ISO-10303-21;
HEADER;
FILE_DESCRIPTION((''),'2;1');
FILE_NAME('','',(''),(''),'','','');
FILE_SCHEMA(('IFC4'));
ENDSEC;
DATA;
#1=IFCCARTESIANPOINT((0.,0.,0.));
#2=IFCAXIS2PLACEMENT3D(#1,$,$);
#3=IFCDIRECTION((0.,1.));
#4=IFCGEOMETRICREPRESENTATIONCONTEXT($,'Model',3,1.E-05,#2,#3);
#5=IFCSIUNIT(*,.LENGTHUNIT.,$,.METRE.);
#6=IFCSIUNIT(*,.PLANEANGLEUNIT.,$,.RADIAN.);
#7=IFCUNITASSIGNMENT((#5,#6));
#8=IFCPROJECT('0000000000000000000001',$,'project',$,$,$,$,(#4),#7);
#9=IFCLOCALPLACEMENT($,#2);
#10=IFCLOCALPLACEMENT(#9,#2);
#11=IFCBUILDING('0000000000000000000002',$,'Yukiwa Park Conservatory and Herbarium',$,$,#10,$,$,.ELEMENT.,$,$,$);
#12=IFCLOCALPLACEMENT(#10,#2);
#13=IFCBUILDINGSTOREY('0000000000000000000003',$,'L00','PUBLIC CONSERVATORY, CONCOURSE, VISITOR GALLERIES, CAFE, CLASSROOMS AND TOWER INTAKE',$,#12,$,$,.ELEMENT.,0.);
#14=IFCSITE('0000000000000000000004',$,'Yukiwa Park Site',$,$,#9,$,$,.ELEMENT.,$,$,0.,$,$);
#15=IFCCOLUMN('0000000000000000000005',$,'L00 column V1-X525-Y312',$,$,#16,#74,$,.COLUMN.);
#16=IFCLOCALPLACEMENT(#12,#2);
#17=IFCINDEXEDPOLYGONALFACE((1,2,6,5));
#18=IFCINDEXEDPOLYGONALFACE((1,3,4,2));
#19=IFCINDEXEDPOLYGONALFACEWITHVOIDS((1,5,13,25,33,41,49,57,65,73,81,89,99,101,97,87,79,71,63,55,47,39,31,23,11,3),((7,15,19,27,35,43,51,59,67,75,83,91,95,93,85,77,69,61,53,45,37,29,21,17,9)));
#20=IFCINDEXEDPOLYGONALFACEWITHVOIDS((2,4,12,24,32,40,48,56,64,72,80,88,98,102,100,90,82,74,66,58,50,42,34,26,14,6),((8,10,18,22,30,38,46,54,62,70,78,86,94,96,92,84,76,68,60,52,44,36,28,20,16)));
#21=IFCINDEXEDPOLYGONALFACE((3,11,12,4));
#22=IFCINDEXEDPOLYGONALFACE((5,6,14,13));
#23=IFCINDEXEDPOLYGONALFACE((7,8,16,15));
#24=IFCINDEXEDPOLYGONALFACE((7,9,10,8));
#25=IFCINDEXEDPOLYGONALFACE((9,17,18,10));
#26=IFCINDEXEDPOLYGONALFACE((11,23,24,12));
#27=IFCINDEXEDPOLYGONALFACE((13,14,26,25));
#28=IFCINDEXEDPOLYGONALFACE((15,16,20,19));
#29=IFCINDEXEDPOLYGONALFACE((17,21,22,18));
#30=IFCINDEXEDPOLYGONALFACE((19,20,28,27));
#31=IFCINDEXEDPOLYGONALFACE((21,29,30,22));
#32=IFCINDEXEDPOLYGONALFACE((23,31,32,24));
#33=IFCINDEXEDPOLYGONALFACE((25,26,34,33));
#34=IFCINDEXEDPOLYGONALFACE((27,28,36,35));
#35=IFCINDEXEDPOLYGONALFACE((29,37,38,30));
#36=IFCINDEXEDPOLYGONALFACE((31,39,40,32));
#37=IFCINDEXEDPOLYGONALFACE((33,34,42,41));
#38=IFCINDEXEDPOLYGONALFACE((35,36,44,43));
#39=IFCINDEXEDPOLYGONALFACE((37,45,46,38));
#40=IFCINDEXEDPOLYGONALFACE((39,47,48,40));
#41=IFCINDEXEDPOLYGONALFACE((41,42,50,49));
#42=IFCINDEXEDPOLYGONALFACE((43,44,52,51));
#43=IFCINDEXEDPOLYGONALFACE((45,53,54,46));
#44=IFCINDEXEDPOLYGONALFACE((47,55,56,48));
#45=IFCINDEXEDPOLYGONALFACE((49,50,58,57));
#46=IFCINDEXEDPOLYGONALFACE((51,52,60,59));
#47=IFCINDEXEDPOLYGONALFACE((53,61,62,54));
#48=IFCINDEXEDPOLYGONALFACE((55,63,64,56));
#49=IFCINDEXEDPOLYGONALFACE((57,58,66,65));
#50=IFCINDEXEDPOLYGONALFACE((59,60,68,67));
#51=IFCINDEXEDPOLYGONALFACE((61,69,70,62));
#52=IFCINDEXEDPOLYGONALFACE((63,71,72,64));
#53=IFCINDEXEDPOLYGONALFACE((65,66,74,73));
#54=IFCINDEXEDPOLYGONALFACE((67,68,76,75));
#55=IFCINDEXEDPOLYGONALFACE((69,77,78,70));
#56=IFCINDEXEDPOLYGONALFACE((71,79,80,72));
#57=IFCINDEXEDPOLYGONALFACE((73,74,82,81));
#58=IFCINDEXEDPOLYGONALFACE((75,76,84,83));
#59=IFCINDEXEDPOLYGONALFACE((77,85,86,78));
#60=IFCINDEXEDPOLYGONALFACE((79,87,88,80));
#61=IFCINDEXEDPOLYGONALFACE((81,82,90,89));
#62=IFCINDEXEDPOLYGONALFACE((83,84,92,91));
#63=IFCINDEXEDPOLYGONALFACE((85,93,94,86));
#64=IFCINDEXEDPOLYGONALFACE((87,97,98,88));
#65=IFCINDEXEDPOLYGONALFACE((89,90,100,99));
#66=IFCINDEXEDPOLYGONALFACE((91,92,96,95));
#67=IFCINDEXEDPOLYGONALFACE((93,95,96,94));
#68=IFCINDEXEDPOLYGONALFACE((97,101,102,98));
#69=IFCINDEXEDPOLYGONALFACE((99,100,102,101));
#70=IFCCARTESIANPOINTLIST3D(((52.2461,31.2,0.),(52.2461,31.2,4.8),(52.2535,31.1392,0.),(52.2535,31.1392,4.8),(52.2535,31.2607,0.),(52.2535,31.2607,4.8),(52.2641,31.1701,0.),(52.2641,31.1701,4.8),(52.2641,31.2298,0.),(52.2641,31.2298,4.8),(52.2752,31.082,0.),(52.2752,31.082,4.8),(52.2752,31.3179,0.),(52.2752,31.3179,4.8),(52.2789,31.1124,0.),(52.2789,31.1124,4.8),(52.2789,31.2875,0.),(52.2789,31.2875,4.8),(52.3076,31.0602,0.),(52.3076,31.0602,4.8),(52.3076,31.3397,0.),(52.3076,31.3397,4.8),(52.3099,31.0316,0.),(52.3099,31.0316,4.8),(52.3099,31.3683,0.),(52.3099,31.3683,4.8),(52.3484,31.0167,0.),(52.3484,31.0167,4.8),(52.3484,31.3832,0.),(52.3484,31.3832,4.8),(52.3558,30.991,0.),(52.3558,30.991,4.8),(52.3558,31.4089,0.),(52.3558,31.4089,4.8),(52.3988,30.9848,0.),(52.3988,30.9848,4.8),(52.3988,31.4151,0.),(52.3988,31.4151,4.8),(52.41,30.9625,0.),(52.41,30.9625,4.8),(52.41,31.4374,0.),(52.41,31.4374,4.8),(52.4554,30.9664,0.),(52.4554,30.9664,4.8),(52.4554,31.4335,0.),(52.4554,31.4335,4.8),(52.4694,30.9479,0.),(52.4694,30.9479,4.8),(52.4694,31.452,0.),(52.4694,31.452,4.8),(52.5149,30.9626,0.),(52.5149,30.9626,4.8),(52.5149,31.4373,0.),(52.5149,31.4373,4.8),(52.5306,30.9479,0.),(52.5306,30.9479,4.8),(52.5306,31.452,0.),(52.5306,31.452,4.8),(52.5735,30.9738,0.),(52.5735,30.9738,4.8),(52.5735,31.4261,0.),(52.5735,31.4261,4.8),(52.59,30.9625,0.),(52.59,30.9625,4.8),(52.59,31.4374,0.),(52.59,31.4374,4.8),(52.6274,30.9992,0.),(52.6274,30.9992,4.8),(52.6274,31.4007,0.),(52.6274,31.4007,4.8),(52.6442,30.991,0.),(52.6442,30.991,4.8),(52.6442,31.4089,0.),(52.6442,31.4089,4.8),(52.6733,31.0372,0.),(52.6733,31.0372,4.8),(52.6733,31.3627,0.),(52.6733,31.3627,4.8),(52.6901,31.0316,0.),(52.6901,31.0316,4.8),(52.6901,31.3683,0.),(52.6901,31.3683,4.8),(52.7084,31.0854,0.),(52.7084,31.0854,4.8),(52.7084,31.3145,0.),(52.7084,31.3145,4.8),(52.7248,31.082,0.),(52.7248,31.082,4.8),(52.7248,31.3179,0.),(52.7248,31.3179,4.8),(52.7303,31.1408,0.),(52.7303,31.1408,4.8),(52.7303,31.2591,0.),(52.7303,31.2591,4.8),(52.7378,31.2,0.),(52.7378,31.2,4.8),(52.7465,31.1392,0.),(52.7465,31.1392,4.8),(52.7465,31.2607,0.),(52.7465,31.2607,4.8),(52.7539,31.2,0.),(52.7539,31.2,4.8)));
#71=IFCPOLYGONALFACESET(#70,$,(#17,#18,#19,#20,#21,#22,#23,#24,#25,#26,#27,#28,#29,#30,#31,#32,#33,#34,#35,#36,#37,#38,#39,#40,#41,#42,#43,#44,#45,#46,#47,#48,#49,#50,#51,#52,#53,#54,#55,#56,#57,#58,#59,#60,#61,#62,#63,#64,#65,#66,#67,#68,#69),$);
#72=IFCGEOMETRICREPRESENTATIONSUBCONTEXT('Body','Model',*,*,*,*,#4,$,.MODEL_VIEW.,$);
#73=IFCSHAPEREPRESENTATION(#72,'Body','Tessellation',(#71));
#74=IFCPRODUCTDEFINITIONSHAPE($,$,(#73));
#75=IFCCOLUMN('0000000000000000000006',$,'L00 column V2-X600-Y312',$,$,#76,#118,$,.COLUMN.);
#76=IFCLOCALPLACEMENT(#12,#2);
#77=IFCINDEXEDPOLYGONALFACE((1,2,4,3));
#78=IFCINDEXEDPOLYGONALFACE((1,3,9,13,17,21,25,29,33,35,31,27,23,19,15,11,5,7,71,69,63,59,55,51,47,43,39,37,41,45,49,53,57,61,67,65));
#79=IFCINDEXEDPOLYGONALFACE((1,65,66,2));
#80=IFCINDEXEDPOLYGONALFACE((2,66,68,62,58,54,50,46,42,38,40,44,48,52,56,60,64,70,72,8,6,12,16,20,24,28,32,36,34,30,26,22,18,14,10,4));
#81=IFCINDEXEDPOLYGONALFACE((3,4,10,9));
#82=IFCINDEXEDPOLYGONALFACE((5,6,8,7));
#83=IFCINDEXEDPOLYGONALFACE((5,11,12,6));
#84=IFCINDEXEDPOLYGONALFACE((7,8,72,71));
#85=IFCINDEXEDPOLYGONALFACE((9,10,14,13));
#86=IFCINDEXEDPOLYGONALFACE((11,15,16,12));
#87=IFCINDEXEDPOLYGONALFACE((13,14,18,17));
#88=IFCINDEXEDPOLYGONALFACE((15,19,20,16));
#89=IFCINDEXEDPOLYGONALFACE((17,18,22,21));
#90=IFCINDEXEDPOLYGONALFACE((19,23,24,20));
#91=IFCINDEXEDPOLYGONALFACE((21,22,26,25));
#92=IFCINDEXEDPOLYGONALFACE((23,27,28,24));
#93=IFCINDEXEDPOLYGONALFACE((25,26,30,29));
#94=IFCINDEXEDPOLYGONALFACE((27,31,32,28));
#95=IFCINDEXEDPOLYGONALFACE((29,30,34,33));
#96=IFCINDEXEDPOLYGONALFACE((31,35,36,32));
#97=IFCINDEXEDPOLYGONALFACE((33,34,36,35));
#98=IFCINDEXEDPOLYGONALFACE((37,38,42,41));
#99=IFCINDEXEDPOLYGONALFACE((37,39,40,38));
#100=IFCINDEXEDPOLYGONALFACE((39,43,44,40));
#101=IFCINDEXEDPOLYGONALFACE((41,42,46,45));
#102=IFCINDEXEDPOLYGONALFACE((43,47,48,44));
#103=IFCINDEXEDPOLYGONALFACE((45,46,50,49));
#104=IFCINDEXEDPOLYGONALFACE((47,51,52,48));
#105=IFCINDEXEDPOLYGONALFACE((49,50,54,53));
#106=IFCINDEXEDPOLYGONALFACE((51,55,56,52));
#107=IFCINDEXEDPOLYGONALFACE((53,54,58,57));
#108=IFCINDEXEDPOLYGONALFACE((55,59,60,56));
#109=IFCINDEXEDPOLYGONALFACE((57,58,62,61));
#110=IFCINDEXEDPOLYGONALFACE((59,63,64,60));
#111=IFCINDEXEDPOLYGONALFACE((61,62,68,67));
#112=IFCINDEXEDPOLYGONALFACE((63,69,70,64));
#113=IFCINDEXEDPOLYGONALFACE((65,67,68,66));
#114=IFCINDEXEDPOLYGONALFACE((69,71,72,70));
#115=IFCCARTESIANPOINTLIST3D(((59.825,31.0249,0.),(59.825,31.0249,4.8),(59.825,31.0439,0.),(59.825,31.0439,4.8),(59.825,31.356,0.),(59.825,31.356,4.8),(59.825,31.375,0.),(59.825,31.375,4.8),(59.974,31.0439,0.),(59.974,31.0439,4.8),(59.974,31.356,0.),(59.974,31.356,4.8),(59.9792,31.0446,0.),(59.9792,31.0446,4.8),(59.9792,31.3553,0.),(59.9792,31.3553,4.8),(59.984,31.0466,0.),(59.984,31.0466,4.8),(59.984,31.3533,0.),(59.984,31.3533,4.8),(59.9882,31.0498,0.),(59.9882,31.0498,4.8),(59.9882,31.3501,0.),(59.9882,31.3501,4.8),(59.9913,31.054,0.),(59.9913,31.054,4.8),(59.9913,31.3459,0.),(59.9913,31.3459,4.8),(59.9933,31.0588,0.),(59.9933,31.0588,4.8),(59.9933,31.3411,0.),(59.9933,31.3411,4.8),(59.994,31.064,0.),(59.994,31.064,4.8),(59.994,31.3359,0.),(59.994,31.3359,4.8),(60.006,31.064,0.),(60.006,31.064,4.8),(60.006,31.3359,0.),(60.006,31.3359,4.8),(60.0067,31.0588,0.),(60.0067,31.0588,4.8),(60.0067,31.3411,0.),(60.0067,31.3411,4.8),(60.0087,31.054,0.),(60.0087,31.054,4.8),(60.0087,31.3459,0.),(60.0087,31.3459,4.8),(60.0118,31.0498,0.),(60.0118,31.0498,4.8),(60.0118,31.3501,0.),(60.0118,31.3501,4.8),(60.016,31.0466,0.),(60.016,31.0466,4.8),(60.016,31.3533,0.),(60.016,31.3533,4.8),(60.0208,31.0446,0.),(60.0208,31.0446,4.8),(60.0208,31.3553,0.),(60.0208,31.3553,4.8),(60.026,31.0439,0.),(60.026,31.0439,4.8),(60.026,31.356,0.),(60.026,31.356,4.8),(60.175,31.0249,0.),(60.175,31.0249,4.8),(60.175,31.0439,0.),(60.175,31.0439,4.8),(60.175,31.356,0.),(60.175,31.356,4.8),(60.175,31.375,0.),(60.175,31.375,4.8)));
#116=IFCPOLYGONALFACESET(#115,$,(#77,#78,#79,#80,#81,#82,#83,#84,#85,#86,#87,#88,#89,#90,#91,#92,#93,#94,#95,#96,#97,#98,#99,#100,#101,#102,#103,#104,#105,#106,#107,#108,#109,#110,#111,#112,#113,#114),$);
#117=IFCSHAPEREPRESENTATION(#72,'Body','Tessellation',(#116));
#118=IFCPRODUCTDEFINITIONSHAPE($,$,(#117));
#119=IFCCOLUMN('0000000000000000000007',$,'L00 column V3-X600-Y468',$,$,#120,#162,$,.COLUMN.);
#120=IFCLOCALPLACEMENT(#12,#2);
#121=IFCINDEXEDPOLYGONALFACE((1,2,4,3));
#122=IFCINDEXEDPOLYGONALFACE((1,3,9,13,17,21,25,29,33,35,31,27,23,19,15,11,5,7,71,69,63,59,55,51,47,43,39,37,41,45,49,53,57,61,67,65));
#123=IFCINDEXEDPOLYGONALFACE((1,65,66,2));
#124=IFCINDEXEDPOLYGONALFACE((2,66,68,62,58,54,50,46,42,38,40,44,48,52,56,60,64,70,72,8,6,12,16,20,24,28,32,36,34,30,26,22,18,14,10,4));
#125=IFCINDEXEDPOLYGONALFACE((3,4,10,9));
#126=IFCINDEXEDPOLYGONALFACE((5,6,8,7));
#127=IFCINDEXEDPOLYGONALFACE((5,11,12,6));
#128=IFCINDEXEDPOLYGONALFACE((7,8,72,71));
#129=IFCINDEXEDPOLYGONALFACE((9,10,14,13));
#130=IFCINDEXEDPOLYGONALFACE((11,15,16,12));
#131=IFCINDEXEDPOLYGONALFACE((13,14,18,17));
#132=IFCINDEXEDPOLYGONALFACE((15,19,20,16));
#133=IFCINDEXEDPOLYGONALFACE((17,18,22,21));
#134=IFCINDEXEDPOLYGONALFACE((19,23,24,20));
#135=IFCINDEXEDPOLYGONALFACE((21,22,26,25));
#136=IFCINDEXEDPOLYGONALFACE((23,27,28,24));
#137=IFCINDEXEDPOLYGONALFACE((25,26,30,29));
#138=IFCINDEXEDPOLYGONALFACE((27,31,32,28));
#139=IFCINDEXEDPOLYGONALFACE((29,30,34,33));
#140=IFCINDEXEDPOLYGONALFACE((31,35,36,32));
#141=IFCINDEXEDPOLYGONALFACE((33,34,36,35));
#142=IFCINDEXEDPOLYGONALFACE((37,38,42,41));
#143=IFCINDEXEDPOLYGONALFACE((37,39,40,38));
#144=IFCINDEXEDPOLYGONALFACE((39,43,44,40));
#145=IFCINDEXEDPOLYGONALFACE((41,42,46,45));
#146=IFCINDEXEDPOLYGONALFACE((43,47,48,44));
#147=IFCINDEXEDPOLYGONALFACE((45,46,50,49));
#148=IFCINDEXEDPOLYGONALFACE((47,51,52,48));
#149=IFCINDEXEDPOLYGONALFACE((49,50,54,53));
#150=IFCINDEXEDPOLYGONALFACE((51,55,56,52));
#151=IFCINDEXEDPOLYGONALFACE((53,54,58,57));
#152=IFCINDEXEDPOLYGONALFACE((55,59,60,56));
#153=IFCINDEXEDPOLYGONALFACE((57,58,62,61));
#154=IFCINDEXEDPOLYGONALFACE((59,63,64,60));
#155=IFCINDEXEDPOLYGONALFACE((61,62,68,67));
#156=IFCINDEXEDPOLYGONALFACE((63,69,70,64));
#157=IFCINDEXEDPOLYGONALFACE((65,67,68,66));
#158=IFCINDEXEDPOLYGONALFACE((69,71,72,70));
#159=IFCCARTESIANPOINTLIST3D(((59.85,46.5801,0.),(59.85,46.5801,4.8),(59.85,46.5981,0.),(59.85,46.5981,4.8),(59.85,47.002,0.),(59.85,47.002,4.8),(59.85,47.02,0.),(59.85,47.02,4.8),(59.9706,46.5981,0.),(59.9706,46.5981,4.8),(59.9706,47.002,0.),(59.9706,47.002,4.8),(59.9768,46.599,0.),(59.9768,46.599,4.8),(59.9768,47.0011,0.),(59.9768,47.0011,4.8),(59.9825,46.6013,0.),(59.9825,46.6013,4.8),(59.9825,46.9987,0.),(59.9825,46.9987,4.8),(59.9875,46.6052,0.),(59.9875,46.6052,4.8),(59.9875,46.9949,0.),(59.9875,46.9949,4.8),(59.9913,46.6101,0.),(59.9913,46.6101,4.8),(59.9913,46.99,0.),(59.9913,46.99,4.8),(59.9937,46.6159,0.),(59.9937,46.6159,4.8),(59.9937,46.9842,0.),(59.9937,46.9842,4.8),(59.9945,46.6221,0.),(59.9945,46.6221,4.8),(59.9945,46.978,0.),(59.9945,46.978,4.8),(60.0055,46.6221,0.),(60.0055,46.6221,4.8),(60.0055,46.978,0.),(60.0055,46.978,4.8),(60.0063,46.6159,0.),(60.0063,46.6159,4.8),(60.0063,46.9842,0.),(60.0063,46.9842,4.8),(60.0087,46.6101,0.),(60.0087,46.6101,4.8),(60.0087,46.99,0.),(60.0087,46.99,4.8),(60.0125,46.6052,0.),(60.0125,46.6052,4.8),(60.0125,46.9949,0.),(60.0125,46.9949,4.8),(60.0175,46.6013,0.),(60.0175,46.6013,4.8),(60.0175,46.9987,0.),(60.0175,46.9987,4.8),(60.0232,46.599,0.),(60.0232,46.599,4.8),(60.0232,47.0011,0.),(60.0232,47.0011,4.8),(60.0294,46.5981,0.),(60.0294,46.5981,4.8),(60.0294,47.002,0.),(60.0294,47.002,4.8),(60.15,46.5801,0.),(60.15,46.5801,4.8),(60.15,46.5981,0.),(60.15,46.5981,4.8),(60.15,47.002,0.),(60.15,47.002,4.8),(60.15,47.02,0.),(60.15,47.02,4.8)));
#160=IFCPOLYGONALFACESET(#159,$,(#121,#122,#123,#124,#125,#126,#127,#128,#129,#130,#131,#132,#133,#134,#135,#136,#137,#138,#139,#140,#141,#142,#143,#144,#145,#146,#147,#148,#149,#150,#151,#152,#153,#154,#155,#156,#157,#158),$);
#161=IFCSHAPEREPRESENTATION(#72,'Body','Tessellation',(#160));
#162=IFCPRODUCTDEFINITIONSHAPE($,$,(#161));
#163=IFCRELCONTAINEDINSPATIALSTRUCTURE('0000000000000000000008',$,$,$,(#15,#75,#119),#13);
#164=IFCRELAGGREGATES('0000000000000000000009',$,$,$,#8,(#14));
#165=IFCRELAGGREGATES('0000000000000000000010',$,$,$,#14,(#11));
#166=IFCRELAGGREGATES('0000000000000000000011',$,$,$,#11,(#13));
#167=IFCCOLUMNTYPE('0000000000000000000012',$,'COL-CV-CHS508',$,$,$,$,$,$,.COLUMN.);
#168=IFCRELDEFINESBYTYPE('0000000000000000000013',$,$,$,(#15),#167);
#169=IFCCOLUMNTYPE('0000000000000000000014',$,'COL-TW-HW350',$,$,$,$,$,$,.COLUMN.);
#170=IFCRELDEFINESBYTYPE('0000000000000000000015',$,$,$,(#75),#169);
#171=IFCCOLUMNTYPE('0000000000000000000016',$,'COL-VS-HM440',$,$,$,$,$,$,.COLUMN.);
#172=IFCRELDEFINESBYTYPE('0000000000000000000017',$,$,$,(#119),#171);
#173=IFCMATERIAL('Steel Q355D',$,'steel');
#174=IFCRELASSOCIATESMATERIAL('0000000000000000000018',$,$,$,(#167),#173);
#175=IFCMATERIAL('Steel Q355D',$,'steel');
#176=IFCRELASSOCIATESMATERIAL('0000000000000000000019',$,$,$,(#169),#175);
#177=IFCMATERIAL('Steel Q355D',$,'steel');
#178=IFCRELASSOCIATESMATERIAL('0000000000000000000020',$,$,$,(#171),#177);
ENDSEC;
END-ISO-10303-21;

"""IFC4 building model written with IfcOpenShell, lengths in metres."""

from ifc_helpers import new_model, si_unit, direction, frame, origin, origin_2d, place, context, subcontext, project, spatial, hollow_circle, i_section, extrude, material, material_profile, profile_set, type_object, element, save


model = new_model("IFC4")

# Units and contexts
model_context = context("Model", 3, precision=1e-05, world=origin(), true_north=direction((0.0, 1.0)))
body_context = subcontext(model_context, "Body", "Model", "MODEL_VIEW")
ifc_project = project(units=[si_unit("LENGTHUNIT", "METRE"), si_unit("PLANEANGLEUNIT", "RADIAN")], contexts=[model_context])

# Site, building, storey
site_placement = place(None, origin())
site = spatial("IfcSite", under=ifc_project, at=site_placement, Name="Yukiwa Park Site", CompositionType="ELEMENT", RefElevation=0.0)
building_placement = place(site_placement, origin())
building = spatial("IfcBuilding", under=site, at=building_placement, Name="Yukiwa Park Conservatory and Herbarium", CompositionType="ELEMENT")
storey_placement = place(building_placement, origin())
storey = spatial("IfcBuildingStorey", under=building, at=storey_placement, Name="L00", Description="PUBLIC CONSERVATORY, CONCOURSE, VISITOR GALLERIES, CAFE, CLASSROOMS AND TOWER INTAKE", CompositionType="ELEMENT", Elevation=0.0)

# Columns
ifc_material_1 = material(Name="Steel Q355D", Category="steel")
ifc_material_profile_1 = material_profile(ifc_material_1, hollow_circle(Radius=0.2539, WallThickness=0.0161, at=origin_2d()), Name="CHS 508x16")
ifc_profile_set_1 = profile_set([ifc_material_profile_1], Name="Steel Q355D")
column_type_1 = type_object("IfcColumnType", Name="COL-CV-CHS508", PredefinedType="COLUMN", material=ifc_profile_set_1)
column_1_placement = place(storey_placement, frame((52.5, 31.2, 0.0), z_axis=(0.0, 0.0, 1.0), x_axis=(1.0, 0.0, 0.0)))
element("IfcColumn", 1, at=column_1_placement, inside=storey, type_object=column_type_1, Name="L00 column V1-X525-Y312", PredefinedType="COLUMN", context=body_context, shape_type="SweptSolid", body=[
    extrude(hollow_circle(Radius=0.2539, WallThickness=0.0161, at=origin_2d()), origin(), (0.0, 0.0, 1.0), 4.8),
])
ifc_material_2 = material(Name="Steel Q355D", Category="steel")
ifc_material_profile_2 = material_profile(ifc_material_2, i_section(OverallWidth=0.3501, OverallDepth=0.3501, WebThickness=0.012, FlangeThickness=0.019, FilletRadius=0.02, at=origin_2d()), Name="HW 350x350x12x19")
ifc_profile_set_2 = profile_set([ifc_material_profile_2], Name="Steel Q355D")
column_type_2 = type_object("IfcColumnType", Name="COL-TW-HW350", PredefinedType="COLUMN", material=ifc_profile_set_2)
column_2_placement = place(storey_placement, frame((60.0, 31.2, 0.0), z_axis=(0.0, 0.0, 1.0), x_axis=(1.0, 0.0, 0.0)))
element("IfcColumn", 2, at=column_2_placement, inside=storey, type_object=column_type_2, Name="L00 column V2-X600-Y312", PredefinedType="COLUMN", context=body_context, shape_type="SweptSolid", body=[
    extrude(i_section(OverallWidth=0.3501, OverallDepth=0.3501, WebThickness=0.012, FlangeThickness=0.019, FilletRadius=0.02, at=origin_2d()), origin(), (0.0, 0.0, 1.0), 4.8),
])
ifc_material_3 = material(Name="Steel Q355D", Category="steel")
ifc_material_profile_3 = material_profile(ifc_material_3, i_section(OverallWidth=0.3, OverallDepth=0.4399, WebThickness=0.011, FlangeThickness=0.0181, FilletRadius=0.0239, at=origin_2d()), Name="HM 440x300x11x18")
ifc_profile_set_3 = profile_set([ifc_material_profile_3], Name="Steel Q355D")
column_type_3 = type_object("IfcColumnType", Name="COL-VS-HM440", PredefinedType="COLUMN", material=ifc_profile_set_3)
column_3_placement = place(storey_placement, frame((60.0, 46.8, 0.0), z_axis=(0.0, 0.0, 1.0), x_axis=(1.0, 0.0, 0.0)))
element("IfcColumn", 3, at=column_3_placement, inside=storey, type_object=column_type_3, Name="L00 column V3-X600-Y468", PredefinedType="COLUMN", context=body_context, shape_type="SweptSolid", body=[
    extrude(i_section(OverallWidth=0.3, OverallDepth=0.4399, WebThickness=0.011, FlangeThickness=0.0181, FilletRadius=0.0239, at=origin_2d()), origin(), (0.0, 0.0, 1.0), 4.8),
])

save(model, "model.ifc")
